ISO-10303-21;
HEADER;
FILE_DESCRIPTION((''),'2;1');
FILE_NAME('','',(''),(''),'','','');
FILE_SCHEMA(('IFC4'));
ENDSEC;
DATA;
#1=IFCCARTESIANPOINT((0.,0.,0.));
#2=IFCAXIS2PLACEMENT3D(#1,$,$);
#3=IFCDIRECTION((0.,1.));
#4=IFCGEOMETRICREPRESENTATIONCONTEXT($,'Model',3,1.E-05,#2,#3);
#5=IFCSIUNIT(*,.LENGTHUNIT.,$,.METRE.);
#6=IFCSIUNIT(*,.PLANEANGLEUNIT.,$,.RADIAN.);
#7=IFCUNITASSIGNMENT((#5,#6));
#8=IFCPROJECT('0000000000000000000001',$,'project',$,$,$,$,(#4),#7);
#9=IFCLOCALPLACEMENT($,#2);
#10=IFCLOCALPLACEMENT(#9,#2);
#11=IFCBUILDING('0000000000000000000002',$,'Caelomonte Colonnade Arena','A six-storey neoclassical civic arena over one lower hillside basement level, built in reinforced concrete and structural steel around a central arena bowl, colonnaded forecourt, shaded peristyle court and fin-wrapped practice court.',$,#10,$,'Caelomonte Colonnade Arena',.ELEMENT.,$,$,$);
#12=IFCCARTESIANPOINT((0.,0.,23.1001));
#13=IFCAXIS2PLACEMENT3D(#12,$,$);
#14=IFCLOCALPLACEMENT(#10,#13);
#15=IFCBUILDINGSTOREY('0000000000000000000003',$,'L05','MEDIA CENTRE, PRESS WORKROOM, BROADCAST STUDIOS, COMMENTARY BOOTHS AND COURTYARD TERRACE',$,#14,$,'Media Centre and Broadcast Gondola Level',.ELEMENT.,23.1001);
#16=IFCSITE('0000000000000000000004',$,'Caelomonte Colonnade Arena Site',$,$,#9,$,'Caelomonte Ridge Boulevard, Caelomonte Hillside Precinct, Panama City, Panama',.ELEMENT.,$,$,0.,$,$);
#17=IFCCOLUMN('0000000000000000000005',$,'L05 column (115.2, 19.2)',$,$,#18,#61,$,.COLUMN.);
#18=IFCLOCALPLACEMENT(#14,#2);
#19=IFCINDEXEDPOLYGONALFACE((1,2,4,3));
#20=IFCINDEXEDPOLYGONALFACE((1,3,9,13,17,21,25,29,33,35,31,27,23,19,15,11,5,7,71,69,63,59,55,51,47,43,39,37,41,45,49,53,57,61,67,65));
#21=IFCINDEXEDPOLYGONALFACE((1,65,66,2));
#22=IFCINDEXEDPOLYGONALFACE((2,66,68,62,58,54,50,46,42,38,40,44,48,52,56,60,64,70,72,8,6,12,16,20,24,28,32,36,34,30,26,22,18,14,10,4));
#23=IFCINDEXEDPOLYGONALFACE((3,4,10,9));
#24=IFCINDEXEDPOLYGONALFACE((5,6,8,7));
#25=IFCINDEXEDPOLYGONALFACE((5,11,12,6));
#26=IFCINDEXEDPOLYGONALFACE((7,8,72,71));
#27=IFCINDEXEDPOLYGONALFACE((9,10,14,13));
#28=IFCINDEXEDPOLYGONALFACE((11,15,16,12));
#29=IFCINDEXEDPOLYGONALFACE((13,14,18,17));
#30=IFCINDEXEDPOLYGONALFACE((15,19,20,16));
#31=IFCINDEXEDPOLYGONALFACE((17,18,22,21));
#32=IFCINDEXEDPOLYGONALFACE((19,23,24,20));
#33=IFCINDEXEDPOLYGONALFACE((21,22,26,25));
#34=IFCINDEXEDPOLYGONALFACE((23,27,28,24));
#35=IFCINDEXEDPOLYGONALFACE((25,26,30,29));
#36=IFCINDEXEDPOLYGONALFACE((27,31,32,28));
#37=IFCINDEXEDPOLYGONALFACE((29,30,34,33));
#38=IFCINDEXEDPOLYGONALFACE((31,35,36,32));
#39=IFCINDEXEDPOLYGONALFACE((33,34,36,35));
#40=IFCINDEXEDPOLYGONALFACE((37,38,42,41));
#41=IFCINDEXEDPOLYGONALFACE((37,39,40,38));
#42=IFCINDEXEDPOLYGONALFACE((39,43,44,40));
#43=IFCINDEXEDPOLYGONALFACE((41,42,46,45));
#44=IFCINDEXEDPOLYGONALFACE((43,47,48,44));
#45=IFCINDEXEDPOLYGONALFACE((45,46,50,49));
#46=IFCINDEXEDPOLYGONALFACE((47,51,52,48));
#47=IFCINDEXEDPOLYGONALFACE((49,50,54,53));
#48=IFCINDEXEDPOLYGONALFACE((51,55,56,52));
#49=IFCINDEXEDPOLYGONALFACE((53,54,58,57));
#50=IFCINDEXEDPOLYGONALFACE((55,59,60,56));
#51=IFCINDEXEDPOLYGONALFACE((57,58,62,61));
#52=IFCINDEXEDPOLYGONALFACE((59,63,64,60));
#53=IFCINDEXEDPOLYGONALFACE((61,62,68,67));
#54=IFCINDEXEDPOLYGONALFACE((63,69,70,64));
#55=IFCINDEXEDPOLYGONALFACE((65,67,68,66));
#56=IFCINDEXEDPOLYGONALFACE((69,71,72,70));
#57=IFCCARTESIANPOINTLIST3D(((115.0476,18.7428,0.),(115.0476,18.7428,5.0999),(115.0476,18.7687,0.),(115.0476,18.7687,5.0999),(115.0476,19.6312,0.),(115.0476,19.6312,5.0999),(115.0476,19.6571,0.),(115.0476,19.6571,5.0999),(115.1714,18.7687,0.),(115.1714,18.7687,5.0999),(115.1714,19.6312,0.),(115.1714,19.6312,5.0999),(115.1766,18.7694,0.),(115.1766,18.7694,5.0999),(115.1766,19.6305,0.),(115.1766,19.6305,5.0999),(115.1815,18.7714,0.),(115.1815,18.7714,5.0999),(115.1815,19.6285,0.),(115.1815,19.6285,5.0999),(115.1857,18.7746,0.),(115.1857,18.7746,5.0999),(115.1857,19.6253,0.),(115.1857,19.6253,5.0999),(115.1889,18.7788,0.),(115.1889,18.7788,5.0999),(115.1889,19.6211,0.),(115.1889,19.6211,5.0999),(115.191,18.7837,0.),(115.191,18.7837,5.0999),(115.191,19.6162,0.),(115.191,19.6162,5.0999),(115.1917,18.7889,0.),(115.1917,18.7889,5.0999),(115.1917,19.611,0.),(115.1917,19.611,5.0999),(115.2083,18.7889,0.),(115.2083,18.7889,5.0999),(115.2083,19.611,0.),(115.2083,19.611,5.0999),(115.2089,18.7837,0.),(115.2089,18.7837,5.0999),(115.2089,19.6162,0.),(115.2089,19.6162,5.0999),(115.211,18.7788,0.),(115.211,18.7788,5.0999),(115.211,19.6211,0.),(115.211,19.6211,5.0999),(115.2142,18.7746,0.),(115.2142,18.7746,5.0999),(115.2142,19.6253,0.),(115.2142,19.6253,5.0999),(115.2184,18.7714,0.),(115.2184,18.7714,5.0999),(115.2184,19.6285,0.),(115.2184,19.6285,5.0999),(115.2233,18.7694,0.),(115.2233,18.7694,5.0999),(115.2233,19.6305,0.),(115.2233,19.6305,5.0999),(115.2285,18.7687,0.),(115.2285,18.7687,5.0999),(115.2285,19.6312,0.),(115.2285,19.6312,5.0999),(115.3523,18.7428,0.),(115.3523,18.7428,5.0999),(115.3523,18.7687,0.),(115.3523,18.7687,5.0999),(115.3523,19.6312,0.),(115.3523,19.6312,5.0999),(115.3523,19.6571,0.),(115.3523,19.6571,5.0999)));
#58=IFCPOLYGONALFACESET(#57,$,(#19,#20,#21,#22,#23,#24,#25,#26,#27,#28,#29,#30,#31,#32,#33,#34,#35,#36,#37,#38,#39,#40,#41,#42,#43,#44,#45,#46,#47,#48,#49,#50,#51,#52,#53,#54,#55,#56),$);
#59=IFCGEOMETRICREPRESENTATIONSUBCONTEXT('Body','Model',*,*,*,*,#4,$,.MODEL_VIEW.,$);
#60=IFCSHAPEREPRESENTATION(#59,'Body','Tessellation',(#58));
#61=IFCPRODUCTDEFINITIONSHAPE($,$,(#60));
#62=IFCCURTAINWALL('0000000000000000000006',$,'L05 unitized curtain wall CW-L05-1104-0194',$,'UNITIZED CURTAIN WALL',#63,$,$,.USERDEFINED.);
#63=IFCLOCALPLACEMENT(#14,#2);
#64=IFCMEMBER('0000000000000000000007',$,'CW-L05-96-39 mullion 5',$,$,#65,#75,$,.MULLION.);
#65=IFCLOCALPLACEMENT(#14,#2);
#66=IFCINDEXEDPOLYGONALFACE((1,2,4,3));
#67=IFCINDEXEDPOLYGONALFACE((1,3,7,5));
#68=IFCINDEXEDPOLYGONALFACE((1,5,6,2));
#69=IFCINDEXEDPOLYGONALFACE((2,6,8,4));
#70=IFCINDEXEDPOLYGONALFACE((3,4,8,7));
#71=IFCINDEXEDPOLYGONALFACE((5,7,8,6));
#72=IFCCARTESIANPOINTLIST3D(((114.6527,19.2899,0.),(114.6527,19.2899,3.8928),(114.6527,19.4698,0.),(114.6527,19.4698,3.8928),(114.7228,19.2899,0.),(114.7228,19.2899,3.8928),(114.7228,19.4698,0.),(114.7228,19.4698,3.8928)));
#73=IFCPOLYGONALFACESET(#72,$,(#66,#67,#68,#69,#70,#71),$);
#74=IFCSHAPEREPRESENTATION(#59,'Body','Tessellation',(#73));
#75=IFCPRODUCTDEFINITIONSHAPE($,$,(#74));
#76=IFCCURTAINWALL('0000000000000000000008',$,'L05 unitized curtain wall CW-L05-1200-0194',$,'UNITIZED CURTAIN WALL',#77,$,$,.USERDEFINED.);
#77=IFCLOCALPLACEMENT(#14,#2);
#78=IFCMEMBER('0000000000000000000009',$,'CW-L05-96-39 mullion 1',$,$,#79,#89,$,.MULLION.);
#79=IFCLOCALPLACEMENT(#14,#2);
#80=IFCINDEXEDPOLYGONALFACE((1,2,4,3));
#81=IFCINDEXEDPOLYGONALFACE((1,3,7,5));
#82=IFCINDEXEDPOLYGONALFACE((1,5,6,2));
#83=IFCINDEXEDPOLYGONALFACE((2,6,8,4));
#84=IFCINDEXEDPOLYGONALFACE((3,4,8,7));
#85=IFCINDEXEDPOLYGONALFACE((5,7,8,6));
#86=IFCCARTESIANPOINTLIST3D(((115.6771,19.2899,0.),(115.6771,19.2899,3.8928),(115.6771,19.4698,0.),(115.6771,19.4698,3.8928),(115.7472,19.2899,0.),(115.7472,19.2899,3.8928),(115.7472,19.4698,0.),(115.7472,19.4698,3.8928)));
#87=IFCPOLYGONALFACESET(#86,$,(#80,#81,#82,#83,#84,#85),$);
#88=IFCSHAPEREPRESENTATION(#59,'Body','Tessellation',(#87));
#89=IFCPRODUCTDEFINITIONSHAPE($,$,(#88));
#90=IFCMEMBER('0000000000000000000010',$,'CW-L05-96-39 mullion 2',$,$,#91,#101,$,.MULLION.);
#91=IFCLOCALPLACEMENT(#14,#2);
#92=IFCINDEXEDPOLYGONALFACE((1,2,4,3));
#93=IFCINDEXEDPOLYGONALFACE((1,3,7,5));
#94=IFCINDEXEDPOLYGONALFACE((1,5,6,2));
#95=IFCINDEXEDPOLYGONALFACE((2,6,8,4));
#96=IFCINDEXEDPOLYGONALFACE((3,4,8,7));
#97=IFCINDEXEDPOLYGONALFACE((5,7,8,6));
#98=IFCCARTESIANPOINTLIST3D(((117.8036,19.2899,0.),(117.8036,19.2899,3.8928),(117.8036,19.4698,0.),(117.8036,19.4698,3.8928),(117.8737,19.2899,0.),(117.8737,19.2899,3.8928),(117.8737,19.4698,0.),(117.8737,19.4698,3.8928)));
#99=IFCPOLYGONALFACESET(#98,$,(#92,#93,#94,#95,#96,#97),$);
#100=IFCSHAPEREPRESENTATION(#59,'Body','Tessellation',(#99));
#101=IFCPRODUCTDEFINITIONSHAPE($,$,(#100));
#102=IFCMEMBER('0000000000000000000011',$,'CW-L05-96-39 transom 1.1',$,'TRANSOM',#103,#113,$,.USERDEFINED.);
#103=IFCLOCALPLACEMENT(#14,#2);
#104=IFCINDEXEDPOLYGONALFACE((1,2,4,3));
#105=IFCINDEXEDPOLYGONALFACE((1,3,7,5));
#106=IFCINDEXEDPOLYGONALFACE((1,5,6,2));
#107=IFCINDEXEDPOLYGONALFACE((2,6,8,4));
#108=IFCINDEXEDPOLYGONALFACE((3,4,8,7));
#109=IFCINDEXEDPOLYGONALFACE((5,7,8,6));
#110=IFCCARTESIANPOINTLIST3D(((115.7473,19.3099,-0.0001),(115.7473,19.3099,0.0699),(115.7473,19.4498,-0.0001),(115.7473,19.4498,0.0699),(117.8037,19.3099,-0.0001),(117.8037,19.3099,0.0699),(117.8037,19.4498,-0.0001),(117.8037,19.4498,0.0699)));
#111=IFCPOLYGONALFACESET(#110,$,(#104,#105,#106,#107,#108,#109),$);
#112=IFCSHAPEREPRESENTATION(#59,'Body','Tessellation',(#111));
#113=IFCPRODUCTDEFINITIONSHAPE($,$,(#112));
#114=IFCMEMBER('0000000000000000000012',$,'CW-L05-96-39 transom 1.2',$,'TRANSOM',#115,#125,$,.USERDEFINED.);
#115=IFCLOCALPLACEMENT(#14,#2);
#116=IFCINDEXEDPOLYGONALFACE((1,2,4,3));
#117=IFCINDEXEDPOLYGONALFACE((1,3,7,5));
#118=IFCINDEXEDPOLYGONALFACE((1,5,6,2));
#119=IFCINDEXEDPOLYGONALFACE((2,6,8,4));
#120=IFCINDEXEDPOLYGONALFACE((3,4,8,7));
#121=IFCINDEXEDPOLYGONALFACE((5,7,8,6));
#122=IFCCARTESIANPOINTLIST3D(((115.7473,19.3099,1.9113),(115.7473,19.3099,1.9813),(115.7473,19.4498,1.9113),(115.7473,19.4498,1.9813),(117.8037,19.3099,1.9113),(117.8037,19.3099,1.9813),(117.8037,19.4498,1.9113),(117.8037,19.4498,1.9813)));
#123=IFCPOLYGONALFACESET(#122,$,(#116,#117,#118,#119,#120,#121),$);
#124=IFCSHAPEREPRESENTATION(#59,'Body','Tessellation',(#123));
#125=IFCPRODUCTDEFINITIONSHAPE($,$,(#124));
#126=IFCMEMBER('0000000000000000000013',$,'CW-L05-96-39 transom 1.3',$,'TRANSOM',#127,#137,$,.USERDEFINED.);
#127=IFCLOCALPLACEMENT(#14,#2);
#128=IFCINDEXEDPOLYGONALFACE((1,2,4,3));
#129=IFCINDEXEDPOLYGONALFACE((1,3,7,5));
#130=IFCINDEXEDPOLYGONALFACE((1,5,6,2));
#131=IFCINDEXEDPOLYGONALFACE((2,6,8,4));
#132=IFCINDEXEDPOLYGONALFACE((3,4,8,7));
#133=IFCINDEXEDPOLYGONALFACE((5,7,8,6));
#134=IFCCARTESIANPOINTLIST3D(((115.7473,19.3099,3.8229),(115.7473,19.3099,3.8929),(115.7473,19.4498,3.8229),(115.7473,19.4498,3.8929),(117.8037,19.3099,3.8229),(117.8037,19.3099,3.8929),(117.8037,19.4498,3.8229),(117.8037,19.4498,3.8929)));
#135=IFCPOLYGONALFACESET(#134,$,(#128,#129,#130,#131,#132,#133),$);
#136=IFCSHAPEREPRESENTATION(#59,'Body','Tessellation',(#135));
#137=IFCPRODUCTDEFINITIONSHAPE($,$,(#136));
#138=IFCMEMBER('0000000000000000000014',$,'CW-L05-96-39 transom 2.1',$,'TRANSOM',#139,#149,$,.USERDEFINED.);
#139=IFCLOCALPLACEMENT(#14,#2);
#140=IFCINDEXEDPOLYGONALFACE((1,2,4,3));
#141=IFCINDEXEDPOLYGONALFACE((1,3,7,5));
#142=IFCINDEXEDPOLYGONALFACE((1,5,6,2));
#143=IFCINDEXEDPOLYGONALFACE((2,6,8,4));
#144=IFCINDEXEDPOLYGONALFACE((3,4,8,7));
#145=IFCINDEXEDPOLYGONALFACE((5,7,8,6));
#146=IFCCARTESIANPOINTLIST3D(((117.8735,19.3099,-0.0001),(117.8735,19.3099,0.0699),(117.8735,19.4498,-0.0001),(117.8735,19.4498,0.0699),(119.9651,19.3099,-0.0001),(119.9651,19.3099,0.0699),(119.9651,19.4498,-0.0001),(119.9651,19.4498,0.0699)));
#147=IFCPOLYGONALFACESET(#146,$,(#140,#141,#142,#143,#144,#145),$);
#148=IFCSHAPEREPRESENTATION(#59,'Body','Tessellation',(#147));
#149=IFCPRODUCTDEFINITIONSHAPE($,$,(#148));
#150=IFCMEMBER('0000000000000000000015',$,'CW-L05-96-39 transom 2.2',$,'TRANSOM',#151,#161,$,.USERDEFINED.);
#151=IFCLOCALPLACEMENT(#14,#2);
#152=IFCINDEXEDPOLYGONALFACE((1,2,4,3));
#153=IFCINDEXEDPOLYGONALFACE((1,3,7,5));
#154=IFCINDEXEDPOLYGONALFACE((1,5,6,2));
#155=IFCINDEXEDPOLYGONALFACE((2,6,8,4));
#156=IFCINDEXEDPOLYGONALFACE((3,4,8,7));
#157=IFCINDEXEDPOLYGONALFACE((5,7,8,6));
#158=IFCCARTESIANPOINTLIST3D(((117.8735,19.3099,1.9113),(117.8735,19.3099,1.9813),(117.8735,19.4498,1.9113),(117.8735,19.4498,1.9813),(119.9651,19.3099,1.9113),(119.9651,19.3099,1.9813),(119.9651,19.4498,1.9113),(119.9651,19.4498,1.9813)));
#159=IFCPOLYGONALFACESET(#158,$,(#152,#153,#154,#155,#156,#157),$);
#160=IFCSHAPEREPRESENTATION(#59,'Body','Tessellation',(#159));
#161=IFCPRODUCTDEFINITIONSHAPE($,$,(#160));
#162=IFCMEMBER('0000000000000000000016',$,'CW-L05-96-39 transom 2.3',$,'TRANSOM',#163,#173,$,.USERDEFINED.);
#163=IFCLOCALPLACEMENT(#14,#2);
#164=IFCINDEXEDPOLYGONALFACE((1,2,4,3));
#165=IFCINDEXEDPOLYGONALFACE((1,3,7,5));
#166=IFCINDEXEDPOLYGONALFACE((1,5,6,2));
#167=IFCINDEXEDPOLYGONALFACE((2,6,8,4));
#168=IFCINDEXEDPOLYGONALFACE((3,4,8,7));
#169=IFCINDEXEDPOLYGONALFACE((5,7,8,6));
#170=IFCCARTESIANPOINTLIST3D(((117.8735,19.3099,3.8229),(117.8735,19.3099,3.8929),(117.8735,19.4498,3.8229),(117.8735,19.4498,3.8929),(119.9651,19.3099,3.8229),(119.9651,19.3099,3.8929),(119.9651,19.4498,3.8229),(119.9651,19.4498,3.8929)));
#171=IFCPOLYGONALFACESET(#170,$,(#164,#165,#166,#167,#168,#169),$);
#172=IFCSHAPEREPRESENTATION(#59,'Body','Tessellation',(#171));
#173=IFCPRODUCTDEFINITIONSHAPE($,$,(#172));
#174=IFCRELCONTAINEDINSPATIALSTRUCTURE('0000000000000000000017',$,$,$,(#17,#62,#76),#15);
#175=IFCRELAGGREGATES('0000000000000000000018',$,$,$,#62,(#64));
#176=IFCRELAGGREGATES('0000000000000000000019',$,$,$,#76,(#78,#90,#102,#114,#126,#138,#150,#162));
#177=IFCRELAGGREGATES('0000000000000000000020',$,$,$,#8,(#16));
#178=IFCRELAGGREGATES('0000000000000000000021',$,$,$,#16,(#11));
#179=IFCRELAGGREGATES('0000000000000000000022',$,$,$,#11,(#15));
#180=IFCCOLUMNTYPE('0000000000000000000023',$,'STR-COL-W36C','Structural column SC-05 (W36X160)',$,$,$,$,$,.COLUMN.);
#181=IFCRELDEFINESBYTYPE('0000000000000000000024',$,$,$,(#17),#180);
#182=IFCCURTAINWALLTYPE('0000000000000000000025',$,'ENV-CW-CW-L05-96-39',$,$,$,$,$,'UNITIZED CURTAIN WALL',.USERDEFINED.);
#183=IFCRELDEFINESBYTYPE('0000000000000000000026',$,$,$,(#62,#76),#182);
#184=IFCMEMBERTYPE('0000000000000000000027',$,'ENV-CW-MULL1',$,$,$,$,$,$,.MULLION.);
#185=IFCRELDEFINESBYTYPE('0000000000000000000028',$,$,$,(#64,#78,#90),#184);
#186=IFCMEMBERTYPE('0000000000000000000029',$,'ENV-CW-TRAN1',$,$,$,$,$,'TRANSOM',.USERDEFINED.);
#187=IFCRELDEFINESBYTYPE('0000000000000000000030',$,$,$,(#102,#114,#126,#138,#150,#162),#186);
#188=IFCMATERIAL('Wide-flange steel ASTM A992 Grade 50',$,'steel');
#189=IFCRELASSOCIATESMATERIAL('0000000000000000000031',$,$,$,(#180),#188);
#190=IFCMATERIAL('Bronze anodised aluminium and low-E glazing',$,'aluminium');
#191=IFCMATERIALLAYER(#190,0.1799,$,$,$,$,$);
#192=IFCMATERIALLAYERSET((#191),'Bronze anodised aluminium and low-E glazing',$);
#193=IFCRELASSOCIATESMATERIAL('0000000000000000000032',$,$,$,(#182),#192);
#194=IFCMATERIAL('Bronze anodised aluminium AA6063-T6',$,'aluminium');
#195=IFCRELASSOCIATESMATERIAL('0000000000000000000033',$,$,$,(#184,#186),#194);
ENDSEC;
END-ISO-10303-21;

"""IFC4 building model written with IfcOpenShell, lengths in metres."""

from ifc_helpers import new_model, si_unit, direction, frame, origin, origin_2d, place, context, subcontext, project, spatial, rectangle, i_section, extrude, material, layer, layer_set, material_profile, profile_set, type_object, element, aggregate, save


model = new_model("IFC4")

# Units and contexts
model_context = context("Model", 3, precision=1e-05, world=origin(), true_north=direction((0.0, 1.0)))
body_context = subcontext(model_context, "Body", "Model", "MODEL_VIEW")
ifc_project = project(units=[si_unit("LENGTHUNIT", "METRE"), si_unit("PLANEANGLEUNIT", "RADIAN")], contexts=[model_context])

# Site, building, storey
site_placement = place(None, origin())
site = spatial("IfcSite", under=ifc_project, at=site_placement, Name="Caelomonte Colonnade Arena Site", LongName="Caelomonte Ridge Boulevard, Caelomonte Hillside Precinct, Panama City, Panama", CompositionType="ELEMENT", RefElevation=0.0)
building_placement = place(site_placement, origin())
building = spatial("IfcBuilding", under=site, at=building_placement, Name="Caelomonte Colonnade Arena", Description="A six-storey neoclassical civic arena over one lower hillside basement level, built in reinforced concrete and structural steel around a central arena bowl, colonnaded forecourt, shaded peristyle court and fin-wrapped practice court.", LongName="Caelomonte Colonnade Arena", CompositionType="ELEMENT")
storey_placement = place(building_placement, frame((0.0, 0.0, 23.1001)))
storey = spatial("IfcBuildingStorey", under=building, at=storey_placement, Name="L05", Description="MEDIA CENTRE, PRESS WORKROOM, BROADCAST STUDIOS, COMMENTARY BOOTHS AND COURTYARD TERRACE", LongName="Media Centre and Broadcast Gondola Level", CompositionType="ELEMENT", Elevation=23.1001)

# Column
ifc_material_1 = material(Name="Wide-flange steel ASTM A992 Grade 50", Category="steel")
ifc_material_profile_1 = material_profile(ifc_material_1, i_section(OverallWidth=0.3047, OverallDepth=0.9143, WebThickness=0.0166, FlangeThickness=0.0259, FilletRadius=0.0203, at=origin_2d()), Name="W36X160")
ifc_profile_set_1 = profile_set([ifc_material_profile_1], Name="Wide-flange steel ASTM A992 Grade 50")
column_type = type_object("IfcColumnType", Name="STR-COL-W36C", Description="Structural column SC-05 (W36X160)", PredefinedType="COLUMN", material=ifc_profile_set_1)
column_placement = place(storey_placement, frame((115.2, 19.2, 0.0), z_axis=(0.0, 0.0, 1.0), x_axis=(1.0, 0.0, 0.0)))
element("IfcColumn", 1, at=column_placement, inside=storey, type_object=column_type, Name="L05 column (115.2, 19.2)", PredefinedType="COLUMN", context=body_context, shape_type="SweptSolid", body=[
    extrude(i_section(OverallWidth=0.3047, OverallDepth=0.9143, WebThickness=0.0166, FlangeThickness=0.0259, FilletRadius=0.0203, at=origin_2d()), origin(), (0.0, 0.0, 1.0), 5.0999),
])

# Curtain wall, member
ifc_material_2 = material(Name="Bronze anodised aluminium and low-E glazing", Category="aluminium")
ifc_layer_1 = layer(ifc_material_2, 0.1799)
ifc_layer_set_1 = layer_set([ifc_layer_1], Name="Bronze anodised aluminium and low-E glazing")
curtain_wall_type = type_object("IfcCurtainWallType", Name="ENV-CW-CW-L05-96-39", ElementType="UNITIZED CURTAIN WALL", PredefinedType="USERDEFINED", material=ifc_layer_set_1)
curtain_wall_1_placement = place(storey_placement, origin())
curtain_wall_1 = element("IfcCurtainWall", 2, at=curtain_wall_1_placement, inside=storey, type_object=curtain_wall_type, Name="L05 unitized curtain wall CW-L05-1104-0194", ObjectType="UNITIZED CURTAIN WALL", PredefinedType="USERDEFINED")
ifc_material_3 = material(Name="Bronze anodised aluminium AA6063-T6", Category="aluminium")
ifc_material_profile_2 = material_profile(ifc_material_3, rectangle(XDim=0.0701, YDim=0.1799, at=origin_2d()), Name="CWM-70X180")
ifc_profile_set_2 = profile_set([ifc_material_profile_2], Name="Bronze anodised aluminium AA6063-T6")
member_type_1 = type_object("IfcMemberType", Name="ENV-CW-MULL1", PredefinedType="MULLION", material=ifc_profile_set_2)
member_1_placement = place(storey_placement, frame((114.6877, 19.3799, 0.0), z_axis=(0.0, 0.0, 1.0), x_axis=(1.0, 0.0, 0.0)))
member_1 = element("IfcMember", 3, at=member_1_placement, type_object=member_type_1, Name="CW-L05-96-39 mullion 5", PredefinedType="MULLION", context=body_context, shape_type="SweptSolid", body=[
    extrude(rectangle(XDim=0.0701, YDim=0.1799, at=origin_2d()), origin(), (0.0, 0.0, 1.0), 3.8928),
])
aggregate(curtain_wall_1, [member_1])

# Curtain wall, members
curtain_wall_2_placement = place(storey_placement, origin())
curtain_wall_2 = element("IfcCurtainWall", 4, at=curtain_wall_2_placement, inside=storey, type_object=curtain_wall_type, Name="L05 unitized curtain wall CW-L05-1200-0194", ObjectType="UNITIZED CURTAIN WALL", PredefinedType="USERDEFINED")
member_2_placement = place(storey_placement, frame((115.7122, 19.3799, 0.0), z_axis=(0.0, 0.0, 1.0), x_axis=(1.0, 0.0, 0.0)))
member_2 = element("IfcMember", 5, at=member_2_placement, type_object=member_type_1, Name="CW-L05-96-39 mullion 1", PredefinedType="MULLION", context=body_context, shape_type="SweptSolid", body=[
    extrude(rectangle(XDim=0.0701, YDim=0.1799, at=origin_2d()), origin(), (0.0, 0.0, 1.0), 3.8928),
])
member_3_placement = place(storey_placement, frame((117.8386, 19.3799, 0.0), z_axis=(0.0, 0.0, 1.0), x_axis=(1.0, 0.0, 0.0)))
member_3 = element("IfcMember", 6, at=member_3_placement, type_object=member_type_1, Name="CW-L05-96-39 mullion 2", PredefinedType="MULLION", context=body_context, shape_type="SweptSolid", body=[
    extrude(rectangle(XDim=0.0701, YDim=0.1799, at=origin_2d()), origin(), (0.0, 0.0, 1.0), 3.8928),
])
ifc_material_profile_3 = material_profile(ifc_material_3, rectangle(XDim=0.0701, YDim=0.1399, at=origin_2d()), Name="CWT-70X140")
ifc_profile_set_3 = profile_set([ifc_material_profile_3], Name="Bronze anodised aluminium AA6063-T6")
member_type_2 = type_object("IfcMemberType", Name="ENV-CW-TRAN1", ElementType="TRANSOM", PredefinedType="USERDEFINED", material=ifc_profile_set_3)
member_4_placement = place(storey_placement, frame((115.7473, 19.3799, 0.0349), z_axis=(1.0, 0.0, 0.0), x_axis=(0.0, 0.0, 1.0)))
member_4 = element("IfcMember", 7, at=member_4_placement, type_object=member_type_2, Name="CW-L05-96-39 transom 1.1", ObjectType="TRANSOM", PredefinedType="USERDEFINED", context=body_context, shape_type="SweptSolid", body=[
    extrude(rectangle(XDim=0.0701, YDim=0.1399, at=origin_2d()), origin(), (0.0, 0.0, 1.0), 2.0564),
])
member_5_placement = place(storey_placement, frame((115.7473, 19.3799, 1.9463), z_axis=(1.0, 0.0, 0.0), x_axis=(0.0, 0.0, 1.0)))
member_5 = element("IfcMember", 8, at=member_5_placement, type_object=member_type_2, Name="CW-L05-96-39 transom 1.2", ObjectType="TRANSOM", PredefinedType="USERDEFINED", context=body_context, shape_type="SweptSolid", body=[
    extrude(rectangle(XDim=0.0701, YDim=0.1399, at=origin_2d()), origin(), (0.0, 0.0, 1.0), 2.0564),
])
member_6_placement = place(storey_placement, frame((115.7473, 19.3799, 3.8579), z_axis=(1.0, 0.0, 0.0), x_axis=(0.0, 0.0, 1.0)))
member_6 = element("IfcMember", 9, at=member_6_placement, type_object=member_type_2, Name="CW-L05-96-39 transom 1.3", ObjectType="TRANSOM", PredefinedType="USERDEFINED", context=body_context, shape_type="SweptSolid", body=[
    extrude(rectangle(XDim=0.0701, YDim=0.1399, at=origin_2d()), origin(), (0.0, 0.0, 1.0), 2.0564),
])
member_7_placement = place(storey_placement, frame((117.8735, 19.3799, 0.0349), z_axis=(1.0, 0.0, 0.0), x_axis=(0.0, 0.0, 1.0)))
member_7 = element("IfcMember", 10, at=member_7_placement, type_object=member_type_2, Name="CW-L05-96-39 transom 2.1", ObjectType="TRANSOM", PredefinedType="USERDEFINED", context=body_context, shape_type="SweptSolid", body=[
    extrude(rectangle(XDim=0.0701, YDim=0.1399, at=origin_2d()), origin(), (0.0, 0.0, 1.0), 2.0916),
])
member_8_placement = place(storey_placement, frame((117.8735, 19.3799, 1.9463), z_axis=(1.0, 0.0, 0.0), x_axis=(0.0, 0.0, 1.0)))
member_8 = element("IfcMember", 11, at=member_8_placement, type_object=member_type_2, Name="CW-L05-96-39 transom 2.2", ObjectType="TRANSOM", PredefinedType="USERDEFINED", context=body_context, shape_type="SweptSolid", body=[
    extrude(rectangle(XDim=0.0701, YDim=0.1399, at=origin_2d()), origin(), (0.0, 0.0, 1.0), 2.0916),
])
member_9_placement = place(storey_placement, frame((117.8735, 19.3799, 3.8579), z_axis=(1.0, 0.0, 0.0), x_axis=(0.0, 0.0, 1.0)))
member_9 = element("IfcMember", 12, at=member_9_placement, type_object=member_type_2, Name="CW-L05-96-39 transom 2.3", ObjectType="TRANSOM", PredefinedType="USERDEFINED", context=body_context, shape_type="SweptSolid", body=[
    extrude(rectangle(XDim=0.0701, YDim=0.1399, at=origin_2d()), origin(), (0.0, 0.0, 1.0), 2.0916),
])

aggregate(curtain_wall_2, [member_2, member_3, member_4, member_5, member_6, member_7, member_8, member_9])

save(model, "model.ifc")
